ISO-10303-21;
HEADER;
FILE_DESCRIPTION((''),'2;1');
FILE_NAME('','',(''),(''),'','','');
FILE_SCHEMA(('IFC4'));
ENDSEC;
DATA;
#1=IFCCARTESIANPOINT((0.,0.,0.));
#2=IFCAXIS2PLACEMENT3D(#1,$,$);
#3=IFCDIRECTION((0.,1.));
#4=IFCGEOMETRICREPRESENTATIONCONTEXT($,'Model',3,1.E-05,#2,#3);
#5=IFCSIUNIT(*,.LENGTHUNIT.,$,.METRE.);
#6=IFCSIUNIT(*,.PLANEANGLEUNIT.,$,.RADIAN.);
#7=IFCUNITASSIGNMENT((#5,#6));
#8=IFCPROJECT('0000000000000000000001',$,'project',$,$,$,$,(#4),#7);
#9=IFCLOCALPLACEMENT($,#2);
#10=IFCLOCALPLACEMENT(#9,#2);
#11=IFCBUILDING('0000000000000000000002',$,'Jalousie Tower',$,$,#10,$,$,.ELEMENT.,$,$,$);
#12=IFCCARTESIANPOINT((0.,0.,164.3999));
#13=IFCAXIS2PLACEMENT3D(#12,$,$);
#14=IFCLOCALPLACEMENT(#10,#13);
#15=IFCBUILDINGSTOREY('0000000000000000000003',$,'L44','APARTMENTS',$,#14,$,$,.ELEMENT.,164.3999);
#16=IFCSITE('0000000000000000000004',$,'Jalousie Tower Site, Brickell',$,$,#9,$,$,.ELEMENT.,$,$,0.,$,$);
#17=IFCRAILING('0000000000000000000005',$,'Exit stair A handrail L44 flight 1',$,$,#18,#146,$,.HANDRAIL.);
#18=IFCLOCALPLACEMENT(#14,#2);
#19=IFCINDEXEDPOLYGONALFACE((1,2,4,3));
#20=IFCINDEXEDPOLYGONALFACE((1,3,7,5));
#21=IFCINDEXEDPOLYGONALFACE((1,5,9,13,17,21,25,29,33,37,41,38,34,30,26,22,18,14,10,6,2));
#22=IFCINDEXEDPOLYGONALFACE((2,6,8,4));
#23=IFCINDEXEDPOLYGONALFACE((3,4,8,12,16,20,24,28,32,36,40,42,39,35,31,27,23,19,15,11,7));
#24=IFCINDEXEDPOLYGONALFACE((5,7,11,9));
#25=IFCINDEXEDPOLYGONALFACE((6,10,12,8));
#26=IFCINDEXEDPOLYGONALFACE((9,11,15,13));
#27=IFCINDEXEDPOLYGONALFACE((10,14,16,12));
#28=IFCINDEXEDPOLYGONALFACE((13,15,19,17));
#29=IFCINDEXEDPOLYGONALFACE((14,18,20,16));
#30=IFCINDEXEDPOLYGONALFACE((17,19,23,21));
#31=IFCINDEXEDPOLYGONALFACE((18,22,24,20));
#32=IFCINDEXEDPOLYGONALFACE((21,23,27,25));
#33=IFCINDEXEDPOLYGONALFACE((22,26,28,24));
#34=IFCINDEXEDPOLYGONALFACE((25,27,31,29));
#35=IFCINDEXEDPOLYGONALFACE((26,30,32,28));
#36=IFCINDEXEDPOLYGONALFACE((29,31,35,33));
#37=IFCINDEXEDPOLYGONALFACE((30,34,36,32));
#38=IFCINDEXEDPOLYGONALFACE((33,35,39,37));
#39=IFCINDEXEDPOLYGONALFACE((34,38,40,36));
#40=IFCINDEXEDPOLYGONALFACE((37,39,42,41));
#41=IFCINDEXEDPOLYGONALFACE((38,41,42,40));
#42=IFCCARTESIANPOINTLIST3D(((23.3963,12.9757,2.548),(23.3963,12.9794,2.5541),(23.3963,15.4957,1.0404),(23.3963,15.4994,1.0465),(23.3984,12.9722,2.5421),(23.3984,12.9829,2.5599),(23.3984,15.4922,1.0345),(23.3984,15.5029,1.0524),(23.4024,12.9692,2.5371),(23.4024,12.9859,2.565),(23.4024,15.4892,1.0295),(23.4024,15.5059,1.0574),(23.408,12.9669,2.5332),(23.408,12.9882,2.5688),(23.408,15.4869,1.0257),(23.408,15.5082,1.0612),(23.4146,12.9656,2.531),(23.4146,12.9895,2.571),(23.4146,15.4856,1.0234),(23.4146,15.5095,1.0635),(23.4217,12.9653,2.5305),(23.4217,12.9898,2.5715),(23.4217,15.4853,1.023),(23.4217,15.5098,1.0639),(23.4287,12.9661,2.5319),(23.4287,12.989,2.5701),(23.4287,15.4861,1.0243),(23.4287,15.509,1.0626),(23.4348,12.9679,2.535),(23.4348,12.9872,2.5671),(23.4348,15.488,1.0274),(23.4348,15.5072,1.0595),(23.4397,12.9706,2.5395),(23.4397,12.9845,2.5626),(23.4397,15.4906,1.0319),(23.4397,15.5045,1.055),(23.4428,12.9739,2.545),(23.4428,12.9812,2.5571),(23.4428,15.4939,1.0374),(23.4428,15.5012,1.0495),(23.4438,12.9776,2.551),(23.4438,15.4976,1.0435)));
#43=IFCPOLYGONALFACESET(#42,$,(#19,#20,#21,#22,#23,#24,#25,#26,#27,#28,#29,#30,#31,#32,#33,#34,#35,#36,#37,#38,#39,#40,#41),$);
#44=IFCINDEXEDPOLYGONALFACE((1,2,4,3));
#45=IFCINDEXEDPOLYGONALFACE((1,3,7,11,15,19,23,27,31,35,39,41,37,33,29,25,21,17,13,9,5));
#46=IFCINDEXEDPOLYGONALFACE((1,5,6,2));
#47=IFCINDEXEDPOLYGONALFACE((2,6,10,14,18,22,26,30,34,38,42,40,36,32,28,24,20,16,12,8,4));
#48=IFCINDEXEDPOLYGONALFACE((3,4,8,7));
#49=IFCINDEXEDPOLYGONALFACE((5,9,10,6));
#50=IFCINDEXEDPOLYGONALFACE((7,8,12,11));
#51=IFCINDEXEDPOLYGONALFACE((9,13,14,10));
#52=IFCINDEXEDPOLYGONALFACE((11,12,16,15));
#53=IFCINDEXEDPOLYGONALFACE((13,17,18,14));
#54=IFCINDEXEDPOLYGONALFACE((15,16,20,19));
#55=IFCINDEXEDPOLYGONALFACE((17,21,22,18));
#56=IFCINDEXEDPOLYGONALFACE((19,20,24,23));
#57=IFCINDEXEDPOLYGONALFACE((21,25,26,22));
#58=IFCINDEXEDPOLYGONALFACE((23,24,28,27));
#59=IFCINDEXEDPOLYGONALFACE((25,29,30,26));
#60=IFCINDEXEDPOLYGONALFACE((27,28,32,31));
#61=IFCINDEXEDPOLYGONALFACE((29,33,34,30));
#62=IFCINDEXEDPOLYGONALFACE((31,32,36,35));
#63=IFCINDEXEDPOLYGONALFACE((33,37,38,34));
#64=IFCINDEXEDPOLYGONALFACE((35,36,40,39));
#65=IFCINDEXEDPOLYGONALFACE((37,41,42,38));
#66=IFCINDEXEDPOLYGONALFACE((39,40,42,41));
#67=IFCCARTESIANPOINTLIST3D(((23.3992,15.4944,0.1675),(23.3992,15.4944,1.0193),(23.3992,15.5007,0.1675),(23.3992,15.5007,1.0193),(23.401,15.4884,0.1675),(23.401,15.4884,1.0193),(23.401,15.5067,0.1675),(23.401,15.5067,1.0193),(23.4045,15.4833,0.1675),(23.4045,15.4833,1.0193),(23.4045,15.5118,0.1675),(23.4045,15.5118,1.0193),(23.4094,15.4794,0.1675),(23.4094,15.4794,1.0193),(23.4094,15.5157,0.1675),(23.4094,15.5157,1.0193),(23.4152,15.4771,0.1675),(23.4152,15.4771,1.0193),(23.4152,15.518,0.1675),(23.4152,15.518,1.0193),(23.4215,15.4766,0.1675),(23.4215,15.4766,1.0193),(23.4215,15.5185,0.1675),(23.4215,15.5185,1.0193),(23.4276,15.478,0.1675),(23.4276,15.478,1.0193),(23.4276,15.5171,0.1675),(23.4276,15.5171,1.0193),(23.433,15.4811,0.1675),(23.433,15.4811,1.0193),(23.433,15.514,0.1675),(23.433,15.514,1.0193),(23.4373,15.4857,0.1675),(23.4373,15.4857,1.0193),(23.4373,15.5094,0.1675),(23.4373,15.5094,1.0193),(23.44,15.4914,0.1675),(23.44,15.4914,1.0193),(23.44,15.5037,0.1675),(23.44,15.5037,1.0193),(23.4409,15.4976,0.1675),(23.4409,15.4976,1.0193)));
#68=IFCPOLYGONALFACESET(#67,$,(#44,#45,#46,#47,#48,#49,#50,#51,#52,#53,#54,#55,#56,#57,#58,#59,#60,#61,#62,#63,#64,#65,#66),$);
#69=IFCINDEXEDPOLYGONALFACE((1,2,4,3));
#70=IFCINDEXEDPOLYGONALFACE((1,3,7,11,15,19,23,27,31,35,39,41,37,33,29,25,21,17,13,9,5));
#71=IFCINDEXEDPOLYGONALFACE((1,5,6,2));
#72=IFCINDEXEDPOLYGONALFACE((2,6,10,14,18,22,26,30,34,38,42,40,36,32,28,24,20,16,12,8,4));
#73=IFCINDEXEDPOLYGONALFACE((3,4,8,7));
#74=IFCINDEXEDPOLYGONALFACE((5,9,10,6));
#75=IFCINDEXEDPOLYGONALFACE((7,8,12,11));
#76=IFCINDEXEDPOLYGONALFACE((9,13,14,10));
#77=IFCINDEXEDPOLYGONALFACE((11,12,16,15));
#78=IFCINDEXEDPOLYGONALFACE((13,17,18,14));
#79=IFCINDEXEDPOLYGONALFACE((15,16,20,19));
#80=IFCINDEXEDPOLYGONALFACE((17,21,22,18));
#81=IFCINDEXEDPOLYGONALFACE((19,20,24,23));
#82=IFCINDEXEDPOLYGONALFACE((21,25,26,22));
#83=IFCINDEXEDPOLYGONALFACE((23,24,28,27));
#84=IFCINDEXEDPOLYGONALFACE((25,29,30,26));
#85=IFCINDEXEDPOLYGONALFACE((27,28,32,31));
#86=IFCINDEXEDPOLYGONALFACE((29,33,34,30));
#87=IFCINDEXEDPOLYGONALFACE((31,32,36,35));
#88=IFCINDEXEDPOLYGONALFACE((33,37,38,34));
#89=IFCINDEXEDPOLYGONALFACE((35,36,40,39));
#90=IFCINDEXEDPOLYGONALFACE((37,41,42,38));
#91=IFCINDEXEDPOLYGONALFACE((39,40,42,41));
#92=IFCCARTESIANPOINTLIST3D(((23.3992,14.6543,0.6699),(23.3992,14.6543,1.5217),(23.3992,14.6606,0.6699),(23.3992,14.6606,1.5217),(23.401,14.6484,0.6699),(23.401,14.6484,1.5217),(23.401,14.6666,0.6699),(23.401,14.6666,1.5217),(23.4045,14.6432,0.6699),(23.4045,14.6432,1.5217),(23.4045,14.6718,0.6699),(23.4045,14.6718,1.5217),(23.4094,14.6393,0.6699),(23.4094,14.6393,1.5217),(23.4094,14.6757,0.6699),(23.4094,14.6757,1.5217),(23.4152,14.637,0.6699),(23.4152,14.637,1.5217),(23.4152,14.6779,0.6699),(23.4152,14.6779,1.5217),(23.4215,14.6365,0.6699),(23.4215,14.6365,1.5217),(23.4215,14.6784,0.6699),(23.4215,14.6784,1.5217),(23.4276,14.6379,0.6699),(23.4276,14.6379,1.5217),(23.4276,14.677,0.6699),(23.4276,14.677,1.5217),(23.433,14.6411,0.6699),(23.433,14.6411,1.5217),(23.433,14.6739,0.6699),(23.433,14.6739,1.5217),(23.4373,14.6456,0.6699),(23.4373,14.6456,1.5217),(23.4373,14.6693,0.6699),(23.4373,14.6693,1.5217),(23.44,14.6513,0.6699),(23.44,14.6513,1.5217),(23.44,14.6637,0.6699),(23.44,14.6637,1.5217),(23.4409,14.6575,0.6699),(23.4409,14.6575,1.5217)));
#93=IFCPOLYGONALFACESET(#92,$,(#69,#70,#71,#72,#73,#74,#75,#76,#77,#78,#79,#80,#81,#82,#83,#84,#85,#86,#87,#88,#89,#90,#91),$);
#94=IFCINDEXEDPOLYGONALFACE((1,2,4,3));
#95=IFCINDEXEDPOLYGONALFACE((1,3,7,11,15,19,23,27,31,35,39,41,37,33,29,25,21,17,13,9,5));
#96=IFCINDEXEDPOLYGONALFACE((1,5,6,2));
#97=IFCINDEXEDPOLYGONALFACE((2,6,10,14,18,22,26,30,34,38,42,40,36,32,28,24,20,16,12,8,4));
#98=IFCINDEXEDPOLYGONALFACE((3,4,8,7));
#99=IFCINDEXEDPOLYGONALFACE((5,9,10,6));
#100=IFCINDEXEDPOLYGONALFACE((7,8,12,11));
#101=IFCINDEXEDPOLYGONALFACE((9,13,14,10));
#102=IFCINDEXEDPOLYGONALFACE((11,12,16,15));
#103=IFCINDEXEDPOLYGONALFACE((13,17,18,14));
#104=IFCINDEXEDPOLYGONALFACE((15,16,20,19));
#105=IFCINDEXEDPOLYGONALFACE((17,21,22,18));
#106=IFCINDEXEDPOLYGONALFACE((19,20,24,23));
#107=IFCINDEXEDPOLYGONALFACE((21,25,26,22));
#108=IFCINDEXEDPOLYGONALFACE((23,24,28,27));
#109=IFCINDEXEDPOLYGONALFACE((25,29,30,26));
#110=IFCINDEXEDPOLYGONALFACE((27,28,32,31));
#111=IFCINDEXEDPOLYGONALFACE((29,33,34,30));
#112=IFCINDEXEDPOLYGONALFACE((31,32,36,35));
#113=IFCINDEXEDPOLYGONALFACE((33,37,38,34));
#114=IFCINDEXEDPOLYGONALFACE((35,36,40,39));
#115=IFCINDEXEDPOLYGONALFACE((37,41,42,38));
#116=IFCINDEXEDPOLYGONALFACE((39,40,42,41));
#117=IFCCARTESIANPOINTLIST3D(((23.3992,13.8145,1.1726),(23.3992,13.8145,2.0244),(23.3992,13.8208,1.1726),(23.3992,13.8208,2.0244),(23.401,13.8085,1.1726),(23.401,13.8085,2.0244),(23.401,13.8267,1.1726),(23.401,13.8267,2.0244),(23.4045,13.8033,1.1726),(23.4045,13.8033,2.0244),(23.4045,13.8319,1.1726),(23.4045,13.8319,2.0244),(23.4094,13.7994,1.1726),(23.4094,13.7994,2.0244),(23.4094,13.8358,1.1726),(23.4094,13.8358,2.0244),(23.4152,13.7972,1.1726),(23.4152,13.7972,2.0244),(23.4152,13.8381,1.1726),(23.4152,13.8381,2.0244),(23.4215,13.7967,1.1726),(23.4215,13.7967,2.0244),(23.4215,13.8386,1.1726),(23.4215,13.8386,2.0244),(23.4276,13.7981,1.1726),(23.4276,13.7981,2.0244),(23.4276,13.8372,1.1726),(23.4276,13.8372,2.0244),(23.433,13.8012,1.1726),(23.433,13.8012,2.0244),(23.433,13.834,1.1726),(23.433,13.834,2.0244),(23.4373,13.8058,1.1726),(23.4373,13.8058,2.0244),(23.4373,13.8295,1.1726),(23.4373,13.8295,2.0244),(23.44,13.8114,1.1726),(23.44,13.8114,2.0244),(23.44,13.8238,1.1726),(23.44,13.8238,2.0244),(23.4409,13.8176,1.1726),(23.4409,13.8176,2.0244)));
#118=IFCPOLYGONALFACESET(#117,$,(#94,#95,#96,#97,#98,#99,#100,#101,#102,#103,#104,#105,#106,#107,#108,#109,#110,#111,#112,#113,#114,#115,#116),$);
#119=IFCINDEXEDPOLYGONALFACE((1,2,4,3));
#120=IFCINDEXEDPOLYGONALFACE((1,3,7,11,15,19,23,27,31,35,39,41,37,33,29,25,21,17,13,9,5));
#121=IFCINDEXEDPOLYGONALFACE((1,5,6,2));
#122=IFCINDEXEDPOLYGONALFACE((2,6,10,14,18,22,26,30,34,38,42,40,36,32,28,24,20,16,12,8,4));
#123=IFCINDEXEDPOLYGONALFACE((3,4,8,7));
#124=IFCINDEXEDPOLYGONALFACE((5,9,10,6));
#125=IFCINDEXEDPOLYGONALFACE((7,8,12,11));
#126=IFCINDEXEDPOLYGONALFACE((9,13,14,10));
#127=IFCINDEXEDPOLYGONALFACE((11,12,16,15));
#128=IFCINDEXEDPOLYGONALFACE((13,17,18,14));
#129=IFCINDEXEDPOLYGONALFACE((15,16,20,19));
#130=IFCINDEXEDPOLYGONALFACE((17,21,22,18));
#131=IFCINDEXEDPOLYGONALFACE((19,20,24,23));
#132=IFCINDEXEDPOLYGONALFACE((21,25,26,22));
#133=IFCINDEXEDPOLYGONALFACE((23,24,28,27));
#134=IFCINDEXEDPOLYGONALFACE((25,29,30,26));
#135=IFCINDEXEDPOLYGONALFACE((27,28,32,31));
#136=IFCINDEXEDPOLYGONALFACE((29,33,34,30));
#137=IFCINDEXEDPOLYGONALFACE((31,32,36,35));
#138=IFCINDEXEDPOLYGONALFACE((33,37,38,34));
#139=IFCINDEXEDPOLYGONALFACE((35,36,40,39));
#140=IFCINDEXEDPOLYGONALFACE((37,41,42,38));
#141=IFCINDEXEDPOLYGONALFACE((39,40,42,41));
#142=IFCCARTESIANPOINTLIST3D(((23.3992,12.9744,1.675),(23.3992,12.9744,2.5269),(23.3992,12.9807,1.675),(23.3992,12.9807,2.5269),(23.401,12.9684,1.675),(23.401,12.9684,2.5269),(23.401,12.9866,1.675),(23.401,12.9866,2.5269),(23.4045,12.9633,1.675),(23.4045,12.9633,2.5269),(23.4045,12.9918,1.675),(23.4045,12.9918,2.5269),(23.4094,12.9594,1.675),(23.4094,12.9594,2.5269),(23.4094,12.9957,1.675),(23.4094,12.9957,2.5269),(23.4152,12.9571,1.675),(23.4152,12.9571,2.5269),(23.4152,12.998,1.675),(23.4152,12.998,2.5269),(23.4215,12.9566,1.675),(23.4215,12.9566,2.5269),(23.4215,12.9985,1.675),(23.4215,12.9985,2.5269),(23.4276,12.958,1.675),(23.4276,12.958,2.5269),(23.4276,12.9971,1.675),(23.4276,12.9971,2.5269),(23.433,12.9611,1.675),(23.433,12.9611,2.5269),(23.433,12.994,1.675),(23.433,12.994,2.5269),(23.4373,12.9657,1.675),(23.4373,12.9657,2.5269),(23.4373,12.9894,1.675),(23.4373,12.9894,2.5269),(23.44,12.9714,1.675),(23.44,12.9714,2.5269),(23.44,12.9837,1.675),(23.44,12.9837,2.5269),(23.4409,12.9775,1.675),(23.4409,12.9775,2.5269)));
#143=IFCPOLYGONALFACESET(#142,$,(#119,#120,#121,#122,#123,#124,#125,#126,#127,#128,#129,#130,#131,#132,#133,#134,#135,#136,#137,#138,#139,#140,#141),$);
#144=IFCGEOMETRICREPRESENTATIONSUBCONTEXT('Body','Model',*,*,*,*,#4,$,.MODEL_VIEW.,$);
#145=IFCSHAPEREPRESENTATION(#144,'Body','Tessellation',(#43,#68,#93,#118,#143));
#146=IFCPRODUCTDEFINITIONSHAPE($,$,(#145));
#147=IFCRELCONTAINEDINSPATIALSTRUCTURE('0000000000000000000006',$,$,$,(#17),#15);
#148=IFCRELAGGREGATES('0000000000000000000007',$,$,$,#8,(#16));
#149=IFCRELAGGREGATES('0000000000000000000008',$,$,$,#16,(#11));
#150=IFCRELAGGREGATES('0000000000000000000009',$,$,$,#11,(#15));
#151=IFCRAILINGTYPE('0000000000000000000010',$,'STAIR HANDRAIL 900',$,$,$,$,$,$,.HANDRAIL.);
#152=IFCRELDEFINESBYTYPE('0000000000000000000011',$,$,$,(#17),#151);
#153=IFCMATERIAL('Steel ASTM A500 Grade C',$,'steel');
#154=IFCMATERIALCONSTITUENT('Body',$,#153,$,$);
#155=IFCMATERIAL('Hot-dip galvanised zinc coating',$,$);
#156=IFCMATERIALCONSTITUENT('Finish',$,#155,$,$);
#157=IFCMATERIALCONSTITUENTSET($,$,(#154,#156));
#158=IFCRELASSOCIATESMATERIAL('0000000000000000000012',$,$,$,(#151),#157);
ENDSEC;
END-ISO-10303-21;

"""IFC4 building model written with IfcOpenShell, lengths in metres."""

from ifc_helpers import new_model, si_unit, direction, frame, origin, origin_2d, place, context, subcontext, project, spatial, circle, extrude, material, constituent, constituent_set, type_object, element, save


model = new_model("IFC4")

# Units and contexts
model_context = context("Model", 3, precision=1e-05, world=origin(), true_north=direction((0.0, 1.0)))
body_context = subcontext(model_context, "Body", "Model", "MODEL_VIEW")
ifc_project = project(units=[si_unit("LENGTHUNIT", "METRE"), si_unit("PLANEANGLEUNIT", "RADIAN")], contexts=[model_context])

# Site, building, storey
site_placement = place(None, origin())
site = spatial("IfcSite", under=ifc_project, at=site_placement, Name="Jalousie Tower Site, Brickell", CompositionType="ELEMENT", RefElevation=0.0)
building_placement = place(site_placement, origin())
building = spatial("IfcBuilding", under=site, at=building_placement, Name="Jalousie Tower", CompositionType="ELEMENT")
storey_placement = place(building_placement, frame((0.0, 0.0, 164.3999)))
storey = spatial("IfcBuildingStorey", under=building, at=storey_placement, Name="L44", Description="APARTMENTS", CompositionType="ELEMENT", Elevation=164.3999)

# Railing
ifc_material_1 = material(Name="Steel ASTM A500 Grade C", Category="steel")
ifc_constituent_1 = constituent(ifc_material_1, Name="Body")
ifc_material_2 = material(Name="Hot-dip galvanised zinc coating")
ifc_constituent_2 = constituent(ifc_material_2, Name="Finish")
ifc_constituent_set_1 = constituent_set(constituents=[ifc_constituent_1, ifc_constituent_2])
railing_type_1 = type_object("IfcRailingType", Name="STAIR HANDRAIL 900", PredefinedType="HANDRAIL", material=ifc_constituent_set_1)
railing_1_placement = place(storey_placement, frame((23.4199, 15.4976, 0.1675)))
element("IfcRailing", 1, at=railing_1_placement, inside=storey, type_object=railing_type_1, Name="Exit stair A handrail L44 flight 1", PredefinedType="HANDRAIL", context=body_context, shape_type="SweptSolid", body=[
    extrude(circle(Radius=0.0239, at=origin_2d()), frame((0.0, 0.0, 0.876), z_axis=(0.0, -0.85816, 0.513383), x_axis=(1.0, 0.0, 0.0)), (0.0, 0.0, 1.0), 2.9365),
    extrude(circle(Radius=0.021, at=origin_2d()), origin(), (0.0, 0.0, 1.0), 0.8518),
    extrude(circle(Radius=0.021, at=origin_2d()), frame((0.0, -0.8401, 0.5024)), (0.0, 0.0, 1.0), 0.8518),
    extrude(circle(Radius=0.021, at=origin_2d()), frame((0.0, -1.6799, 1.0051)), (0.0, 0.0, 1.0), 0.8518),
    extrude(circle(Radius=0.021, at=origin_2d()), frame((0.0, -2.52, 1.5076)), (0.0, 0.0, 1.0), 0.8518),
])

save(model, "model.ifc")
